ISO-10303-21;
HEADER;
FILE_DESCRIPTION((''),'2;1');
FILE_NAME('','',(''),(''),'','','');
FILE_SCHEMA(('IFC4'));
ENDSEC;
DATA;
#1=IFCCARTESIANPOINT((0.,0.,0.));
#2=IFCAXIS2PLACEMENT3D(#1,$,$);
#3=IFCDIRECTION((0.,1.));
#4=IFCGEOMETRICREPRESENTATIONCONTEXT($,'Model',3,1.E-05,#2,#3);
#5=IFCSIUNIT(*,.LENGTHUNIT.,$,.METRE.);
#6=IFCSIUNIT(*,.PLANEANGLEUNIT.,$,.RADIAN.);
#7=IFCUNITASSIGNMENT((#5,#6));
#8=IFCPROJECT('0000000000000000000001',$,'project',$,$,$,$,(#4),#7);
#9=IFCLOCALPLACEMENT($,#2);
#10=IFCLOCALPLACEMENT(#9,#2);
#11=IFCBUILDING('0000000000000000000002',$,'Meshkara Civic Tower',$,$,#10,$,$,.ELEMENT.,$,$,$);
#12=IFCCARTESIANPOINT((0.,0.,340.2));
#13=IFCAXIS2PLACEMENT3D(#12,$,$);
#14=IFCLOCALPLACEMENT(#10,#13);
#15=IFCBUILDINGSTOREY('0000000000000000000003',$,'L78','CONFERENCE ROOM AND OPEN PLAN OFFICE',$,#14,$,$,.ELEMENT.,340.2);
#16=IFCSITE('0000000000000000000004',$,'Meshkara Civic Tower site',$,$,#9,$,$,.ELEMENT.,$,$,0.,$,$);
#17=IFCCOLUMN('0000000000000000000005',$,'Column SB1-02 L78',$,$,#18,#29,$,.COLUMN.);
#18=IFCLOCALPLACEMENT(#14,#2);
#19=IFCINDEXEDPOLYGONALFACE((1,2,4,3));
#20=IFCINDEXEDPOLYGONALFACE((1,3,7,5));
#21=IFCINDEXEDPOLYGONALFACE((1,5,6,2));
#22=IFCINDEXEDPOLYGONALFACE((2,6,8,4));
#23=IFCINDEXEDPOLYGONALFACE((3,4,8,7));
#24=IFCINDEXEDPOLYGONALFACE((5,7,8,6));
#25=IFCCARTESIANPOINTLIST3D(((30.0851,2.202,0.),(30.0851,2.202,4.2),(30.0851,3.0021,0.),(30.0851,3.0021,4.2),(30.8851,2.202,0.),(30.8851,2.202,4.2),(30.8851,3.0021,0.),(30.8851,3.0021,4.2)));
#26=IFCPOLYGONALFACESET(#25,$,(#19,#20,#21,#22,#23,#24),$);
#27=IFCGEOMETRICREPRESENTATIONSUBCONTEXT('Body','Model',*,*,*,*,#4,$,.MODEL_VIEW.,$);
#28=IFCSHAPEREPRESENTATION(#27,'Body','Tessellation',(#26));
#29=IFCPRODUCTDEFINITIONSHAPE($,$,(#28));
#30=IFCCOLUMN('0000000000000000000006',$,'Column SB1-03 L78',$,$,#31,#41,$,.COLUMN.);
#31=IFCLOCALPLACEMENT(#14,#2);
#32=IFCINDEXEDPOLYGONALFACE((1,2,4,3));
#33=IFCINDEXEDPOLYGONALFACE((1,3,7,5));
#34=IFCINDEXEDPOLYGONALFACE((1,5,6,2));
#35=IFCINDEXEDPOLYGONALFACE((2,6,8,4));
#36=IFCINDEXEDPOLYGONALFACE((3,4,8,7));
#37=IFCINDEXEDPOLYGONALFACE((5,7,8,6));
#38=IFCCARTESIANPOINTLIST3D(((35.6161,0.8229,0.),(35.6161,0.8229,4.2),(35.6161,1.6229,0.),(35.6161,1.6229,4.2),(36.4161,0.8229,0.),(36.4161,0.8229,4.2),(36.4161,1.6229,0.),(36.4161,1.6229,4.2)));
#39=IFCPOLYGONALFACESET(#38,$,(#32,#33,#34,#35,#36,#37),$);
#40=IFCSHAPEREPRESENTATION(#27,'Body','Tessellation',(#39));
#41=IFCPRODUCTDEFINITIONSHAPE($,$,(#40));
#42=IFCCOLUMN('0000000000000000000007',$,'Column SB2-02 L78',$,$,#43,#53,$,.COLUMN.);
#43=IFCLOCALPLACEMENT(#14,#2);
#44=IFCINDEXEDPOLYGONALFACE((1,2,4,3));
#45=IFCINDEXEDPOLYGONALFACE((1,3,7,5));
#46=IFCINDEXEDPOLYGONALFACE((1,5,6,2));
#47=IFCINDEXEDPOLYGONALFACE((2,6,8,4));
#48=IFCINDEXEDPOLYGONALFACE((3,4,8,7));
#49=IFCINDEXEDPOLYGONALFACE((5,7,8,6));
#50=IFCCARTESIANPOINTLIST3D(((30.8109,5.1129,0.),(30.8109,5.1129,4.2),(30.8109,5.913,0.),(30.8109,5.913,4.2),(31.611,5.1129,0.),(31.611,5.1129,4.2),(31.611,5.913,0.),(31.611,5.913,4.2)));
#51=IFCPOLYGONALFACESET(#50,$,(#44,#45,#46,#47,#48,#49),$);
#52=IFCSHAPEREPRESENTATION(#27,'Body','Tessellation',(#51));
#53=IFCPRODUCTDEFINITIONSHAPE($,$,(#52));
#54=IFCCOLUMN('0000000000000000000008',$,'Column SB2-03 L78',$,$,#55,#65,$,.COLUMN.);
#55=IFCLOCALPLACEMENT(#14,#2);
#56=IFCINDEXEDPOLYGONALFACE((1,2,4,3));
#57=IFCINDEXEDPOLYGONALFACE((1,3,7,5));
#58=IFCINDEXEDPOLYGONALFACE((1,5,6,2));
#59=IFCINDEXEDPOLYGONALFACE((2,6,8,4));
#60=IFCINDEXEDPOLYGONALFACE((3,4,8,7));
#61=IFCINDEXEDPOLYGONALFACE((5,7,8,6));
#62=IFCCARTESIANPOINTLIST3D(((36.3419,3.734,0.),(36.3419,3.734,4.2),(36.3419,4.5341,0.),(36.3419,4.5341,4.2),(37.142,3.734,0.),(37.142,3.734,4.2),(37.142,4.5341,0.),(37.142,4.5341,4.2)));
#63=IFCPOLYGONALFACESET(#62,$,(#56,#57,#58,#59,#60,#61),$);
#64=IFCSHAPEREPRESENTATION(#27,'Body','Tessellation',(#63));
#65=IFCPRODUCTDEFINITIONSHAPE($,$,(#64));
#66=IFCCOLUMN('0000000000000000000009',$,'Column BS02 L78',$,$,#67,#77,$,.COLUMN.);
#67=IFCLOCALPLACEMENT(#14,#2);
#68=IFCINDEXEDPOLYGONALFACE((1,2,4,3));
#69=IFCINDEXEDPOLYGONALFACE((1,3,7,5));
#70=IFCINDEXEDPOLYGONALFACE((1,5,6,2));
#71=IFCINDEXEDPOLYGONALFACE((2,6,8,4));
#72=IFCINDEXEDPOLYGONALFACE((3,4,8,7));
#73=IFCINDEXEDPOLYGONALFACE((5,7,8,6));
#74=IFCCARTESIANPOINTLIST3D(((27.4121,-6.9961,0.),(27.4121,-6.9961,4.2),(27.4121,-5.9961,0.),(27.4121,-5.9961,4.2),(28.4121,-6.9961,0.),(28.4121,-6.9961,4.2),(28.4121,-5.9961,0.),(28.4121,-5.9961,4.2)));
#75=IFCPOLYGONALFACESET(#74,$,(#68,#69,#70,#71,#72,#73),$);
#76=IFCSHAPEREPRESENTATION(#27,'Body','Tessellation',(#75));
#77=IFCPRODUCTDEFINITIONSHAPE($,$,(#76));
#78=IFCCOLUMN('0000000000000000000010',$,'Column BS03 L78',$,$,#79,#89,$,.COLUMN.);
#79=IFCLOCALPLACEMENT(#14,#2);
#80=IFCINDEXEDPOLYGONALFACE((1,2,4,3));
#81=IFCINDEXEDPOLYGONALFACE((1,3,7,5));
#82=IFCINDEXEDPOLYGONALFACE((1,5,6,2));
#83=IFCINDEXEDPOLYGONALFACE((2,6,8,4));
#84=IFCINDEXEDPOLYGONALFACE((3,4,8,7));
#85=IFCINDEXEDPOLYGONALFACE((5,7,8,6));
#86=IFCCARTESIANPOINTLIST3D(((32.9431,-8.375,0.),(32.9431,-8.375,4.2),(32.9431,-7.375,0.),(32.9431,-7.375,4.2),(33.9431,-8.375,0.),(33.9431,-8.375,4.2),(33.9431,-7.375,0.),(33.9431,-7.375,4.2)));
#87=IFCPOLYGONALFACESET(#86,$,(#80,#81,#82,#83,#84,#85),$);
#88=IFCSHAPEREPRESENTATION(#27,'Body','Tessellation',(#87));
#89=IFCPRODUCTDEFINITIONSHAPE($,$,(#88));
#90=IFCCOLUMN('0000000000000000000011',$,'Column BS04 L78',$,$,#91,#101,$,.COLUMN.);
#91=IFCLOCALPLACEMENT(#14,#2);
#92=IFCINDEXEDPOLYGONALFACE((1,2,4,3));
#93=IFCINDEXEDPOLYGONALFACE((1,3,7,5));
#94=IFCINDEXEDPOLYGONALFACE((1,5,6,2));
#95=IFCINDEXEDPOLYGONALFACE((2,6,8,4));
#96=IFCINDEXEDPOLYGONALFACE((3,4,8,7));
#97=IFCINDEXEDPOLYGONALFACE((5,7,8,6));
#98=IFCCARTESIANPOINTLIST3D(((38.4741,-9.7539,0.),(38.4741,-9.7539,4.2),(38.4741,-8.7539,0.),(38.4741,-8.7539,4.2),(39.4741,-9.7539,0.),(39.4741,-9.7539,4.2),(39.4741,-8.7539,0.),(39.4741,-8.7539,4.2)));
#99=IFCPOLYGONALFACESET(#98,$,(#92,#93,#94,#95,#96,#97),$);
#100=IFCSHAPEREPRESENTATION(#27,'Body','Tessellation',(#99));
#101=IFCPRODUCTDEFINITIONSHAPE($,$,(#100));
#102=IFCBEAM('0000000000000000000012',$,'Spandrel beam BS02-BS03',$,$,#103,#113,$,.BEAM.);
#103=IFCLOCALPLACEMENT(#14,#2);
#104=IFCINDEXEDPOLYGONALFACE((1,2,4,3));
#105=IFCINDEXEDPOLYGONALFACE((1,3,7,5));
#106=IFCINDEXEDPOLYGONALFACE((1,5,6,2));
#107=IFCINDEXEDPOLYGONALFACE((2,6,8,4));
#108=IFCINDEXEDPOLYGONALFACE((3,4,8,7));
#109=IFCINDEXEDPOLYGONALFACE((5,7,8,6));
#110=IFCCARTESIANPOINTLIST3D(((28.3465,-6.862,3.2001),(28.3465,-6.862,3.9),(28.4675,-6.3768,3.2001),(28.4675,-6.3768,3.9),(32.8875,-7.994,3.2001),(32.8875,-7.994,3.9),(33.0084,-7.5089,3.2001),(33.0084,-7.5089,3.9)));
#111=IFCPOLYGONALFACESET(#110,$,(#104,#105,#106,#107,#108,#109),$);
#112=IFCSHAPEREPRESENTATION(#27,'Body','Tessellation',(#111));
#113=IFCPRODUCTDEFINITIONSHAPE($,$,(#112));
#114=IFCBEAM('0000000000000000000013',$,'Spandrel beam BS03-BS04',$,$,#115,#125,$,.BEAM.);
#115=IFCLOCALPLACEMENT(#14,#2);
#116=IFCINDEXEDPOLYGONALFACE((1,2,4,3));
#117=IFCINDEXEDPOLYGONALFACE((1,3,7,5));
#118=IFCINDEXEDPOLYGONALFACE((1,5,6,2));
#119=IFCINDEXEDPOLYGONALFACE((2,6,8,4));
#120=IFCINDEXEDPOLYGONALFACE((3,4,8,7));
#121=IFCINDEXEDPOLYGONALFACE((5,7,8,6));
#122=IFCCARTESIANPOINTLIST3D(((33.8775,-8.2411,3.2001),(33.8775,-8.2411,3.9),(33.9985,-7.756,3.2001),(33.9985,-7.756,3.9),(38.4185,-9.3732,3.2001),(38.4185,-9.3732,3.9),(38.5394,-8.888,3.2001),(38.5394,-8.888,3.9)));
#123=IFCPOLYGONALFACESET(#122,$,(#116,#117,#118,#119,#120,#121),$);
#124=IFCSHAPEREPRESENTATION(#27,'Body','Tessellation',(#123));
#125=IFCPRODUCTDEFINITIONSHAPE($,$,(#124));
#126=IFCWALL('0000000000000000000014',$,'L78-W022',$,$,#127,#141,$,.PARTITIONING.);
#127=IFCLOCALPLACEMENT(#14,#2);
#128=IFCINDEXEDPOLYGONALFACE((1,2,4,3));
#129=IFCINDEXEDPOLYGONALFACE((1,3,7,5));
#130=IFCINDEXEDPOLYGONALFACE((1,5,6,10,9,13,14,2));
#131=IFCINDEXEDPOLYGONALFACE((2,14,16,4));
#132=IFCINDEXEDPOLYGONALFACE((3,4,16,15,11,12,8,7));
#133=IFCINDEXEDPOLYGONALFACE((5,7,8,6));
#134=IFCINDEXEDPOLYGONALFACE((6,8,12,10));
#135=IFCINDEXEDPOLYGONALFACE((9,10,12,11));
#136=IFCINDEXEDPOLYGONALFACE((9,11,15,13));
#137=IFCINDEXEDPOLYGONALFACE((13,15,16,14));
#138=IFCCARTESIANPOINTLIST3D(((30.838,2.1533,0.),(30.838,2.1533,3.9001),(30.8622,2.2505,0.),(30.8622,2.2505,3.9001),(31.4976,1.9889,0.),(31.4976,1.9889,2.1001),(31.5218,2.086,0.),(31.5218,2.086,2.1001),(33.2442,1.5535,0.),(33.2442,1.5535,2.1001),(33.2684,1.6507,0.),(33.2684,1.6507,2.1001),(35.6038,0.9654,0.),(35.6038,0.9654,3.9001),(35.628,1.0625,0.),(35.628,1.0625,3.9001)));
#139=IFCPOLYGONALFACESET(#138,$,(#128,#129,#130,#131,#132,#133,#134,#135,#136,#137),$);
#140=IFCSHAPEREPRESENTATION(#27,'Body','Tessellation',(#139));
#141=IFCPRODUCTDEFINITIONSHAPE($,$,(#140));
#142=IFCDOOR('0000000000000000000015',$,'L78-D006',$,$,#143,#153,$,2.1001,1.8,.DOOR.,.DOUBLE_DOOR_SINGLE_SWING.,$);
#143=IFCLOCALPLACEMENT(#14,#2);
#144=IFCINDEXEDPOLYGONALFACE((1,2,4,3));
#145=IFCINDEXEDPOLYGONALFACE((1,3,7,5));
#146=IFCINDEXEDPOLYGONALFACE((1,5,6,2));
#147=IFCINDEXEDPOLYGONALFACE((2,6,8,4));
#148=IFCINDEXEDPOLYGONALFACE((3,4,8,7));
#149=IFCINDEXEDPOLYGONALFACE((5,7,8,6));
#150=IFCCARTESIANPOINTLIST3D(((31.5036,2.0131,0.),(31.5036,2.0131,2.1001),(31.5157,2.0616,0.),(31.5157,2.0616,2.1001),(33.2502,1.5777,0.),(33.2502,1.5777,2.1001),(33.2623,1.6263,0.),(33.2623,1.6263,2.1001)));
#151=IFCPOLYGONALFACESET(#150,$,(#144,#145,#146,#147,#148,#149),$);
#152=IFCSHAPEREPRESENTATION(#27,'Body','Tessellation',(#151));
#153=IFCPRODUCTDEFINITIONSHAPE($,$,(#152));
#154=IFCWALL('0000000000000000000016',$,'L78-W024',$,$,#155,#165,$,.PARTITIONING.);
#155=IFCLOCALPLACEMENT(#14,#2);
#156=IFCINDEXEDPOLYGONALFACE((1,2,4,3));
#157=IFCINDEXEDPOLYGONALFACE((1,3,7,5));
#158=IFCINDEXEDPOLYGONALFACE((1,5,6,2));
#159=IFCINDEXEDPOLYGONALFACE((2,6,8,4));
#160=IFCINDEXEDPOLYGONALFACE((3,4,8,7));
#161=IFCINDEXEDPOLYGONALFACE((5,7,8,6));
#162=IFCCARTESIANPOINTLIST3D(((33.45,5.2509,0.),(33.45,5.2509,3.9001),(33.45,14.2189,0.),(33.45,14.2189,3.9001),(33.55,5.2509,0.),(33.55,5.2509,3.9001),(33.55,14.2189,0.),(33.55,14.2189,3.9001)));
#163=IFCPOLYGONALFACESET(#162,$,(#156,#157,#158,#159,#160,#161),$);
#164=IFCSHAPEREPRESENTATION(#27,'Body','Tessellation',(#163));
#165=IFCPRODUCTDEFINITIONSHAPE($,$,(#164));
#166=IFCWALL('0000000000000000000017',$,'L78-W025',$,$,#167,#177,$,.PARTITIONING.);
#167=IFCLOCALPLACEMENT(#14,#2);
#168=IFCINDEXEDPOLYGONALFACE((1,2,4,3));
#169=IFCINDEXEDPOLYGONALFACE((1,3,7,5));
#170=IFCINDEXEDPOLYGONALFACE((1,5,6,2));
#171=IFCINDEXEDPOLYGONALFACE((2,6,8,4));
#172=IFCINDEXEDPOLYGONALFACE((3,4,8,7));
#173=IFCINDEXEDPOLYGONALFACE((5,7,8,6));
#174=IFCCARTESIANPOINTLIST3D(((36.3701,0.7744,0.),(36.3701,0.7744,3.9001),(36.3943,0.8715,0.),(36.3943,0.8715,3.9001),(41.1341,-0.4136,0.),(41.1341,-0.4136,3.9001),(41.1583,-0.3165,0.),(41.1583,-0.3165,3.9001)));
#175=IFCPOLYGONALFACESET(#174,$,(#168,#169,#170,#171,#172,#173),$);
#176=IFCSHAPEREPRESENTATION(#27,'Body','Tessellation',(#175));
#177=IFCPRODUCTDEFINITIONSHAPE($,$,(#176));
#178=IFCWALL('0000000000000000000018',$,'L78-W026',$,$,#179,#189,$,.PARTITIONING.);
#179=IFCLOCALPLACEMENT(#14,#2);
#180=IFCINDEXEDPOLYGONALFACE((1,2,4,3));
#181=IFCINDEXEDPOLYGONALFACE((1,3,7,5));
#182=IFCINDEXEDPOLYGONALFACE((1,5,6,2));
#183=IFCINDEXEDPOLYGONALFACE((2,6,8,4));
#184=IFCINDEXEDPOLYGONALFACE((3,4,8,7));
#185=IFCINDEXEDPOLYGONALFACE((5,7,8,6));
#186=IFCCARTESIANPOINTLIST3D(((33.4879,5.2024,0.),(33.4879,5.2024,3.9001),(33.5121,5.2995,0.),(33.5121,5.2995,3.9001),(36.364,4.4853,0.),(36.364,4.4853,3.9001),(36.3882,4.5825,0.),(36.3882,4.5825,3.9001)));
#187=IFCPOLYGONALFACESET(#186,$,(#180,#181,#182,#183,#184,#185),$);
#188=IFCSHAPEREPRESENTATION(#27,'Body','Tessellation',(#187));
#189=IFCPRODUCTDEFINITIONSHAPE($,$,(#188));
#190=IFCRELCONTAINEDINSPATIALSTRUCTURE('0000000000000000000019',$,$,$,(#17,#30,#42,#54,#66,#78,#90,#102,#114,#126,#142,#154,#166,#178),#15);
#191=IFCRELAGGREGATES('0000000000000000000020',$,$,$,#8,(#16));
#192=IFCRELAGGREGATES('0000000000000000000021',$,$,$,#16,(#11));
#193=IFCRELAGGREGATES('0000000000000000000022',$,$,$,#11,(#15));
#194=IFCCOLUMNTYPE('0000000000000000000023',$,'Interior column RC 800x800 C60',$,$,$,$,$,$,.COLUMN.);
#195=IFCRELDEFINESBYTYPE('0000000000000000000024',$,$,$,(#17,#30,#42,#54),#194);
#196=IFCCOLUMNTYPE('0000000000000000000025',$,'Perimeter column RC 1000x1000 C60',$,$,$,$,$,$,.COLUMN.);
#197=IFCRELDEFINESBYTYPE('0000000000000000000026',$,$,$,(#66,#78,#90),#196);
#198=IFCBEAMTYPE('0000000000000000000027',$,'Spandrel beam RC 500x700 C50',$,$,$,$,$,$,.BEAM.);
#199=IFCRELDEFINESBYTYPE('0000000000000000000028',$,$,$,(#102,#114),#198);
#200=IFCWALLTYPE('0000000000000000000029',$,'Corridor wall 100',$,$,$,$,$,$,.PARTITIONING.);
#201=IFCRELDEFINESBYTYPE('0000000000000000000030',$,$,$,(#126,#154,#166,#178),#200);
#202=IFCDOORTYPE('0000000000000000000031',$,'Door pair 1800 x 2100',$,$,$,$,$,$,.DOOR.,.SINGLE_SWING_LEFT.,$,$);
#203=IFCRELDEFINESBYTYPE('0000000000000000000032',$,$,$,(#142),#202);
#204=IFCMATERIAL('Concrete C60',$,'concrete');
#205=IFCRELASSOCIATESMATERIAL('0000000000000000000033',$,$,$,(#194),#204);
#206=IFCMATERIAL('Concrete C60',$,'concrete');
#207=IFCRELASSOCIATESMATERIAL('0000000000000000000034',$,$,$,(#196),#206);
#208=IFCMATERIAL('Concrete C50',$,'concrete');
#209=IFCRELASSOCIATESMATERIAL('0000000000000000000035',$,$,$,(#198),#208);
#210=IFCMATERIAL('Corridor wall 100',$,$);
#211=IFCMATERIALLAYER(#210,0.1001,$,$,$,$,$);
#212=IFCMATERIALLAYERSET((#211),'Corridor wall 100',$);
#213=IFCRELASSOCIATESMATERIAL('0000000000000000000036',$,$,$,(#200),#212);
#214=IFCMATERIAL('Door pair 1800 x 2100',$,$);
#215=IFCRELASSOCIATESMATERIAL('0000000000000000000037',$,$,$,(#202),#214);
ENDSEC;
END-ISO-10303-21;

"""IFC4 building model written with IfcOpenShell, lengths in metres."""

from ifc_helpers import new_model, si_unit, direction, frame, frame_2d, origin, origin_2d, place, context, subcontext, project, spatial, rectangle, extrude, material, layer, layer_set, material_profile, profile_set, type_object, element, fill, save


model = new_model("IFC4")

# Units and contexts
model_context = context("Model", 3, precision=1e-05, world=origin(), true_north=direction((0.0, 1.0)))
body_context = subcontext(model_context, "Body", "Model", "MODEL_VIEW")
ifc_project = project(units=[si_unit("LENGTHUNIT", "METRE"), si_unit("PLANEANGLEUNIT", "RADIAN")], contexts=[model_context])

# Site, building, storey
site_placement = place(None, origin())
site = spatial("IfcSite", under=ifc_project, at=site_placement, Name="Meshkara Civic Tower site", CompositionType="ELEMENT", RefElevation=0.0)
building_placement = place(site_placement, origin())
building = spatial("IfcBuilding", under=site, at=building_placement, Name="Meshkara Civic Tower", CompositionType="ELEMENT")
storey_placement = place(building_placement, frame((0.0, 0.0, 340.2)))
storey = spatial("IfcBuildingStorey", under=building, at=storey_placement, Name="L78", Description="CONFERENCE ROOM AND OPEN PLAN OFFICE", CompositionType="ELEMENT", Elevation=340.2)

# Columns
ifc_material_1 = material(Name="Concrete C60", Category="concrete")
ifc_material_profile_1 = material_profile(ifc_material_1, rectangle(XDim=0.8, YDim=0.8, at=origin_2d()))
ifc_profile_set_1 = profile_set([ifc_material_profile_1], Name="Concrete C60")
column_type_1 = type_object("IfcColumnType", Name="Interior column RC 800x800 C60", PredefinedType="COLUMN", material=ifc_profile_set_1)
for number, where, z_axis, x_axis, name in (
    (1, (30.4851, 2.6021, 0.0), (0.0, 0.0, 1.0), (1.0, 0.0, 0.0), "Column SB1-02 L78"),
    (2, (36.0161, 1.2229, 0.0), (0.0, 0.0, 1.0), (1.0, 0.0, 0.0), "Column SB1-03 L78"),
    (3, (31.2109, 5.5129, 0.0), (0.0, 0.0, 1.0), (1.0, 0.0, 0.0), "Column SB2-02 L78"),
    (4, (36.7419, 4.134, 0.0), (0.0, 0.0, 1.0), (1.0, 0.0, 0.0), "Column SB2-03 L78"),
):
    element("IfcColumn", number, at=place(storey_placement, frame(where, z_axis=z_axis, x_axis=x_axis)), inside=storey, type_object=column_type_1, Name=name, PredefinedType="COLUMN", context=body_context, shape_type="SweptSolid", body=[
        extrude(rectangle(XDim=0.8, YDim=0.8, at=origin_2d()), origin(), (0.0, 0.0, 1.0), 4.2),
    ])
ifc_material_2 = material(Name="Concrete C60", Category="concrete")
ifc_material_profile_2 = material_profile(ifc_material_2, rectangle(XDim=1.0, YDim=1.0, at=origin_2d()))
ifc_profile_set_2 = profile_set([ifc_material_profile_2], Name="Concrete C60")
column_type_2 = type_object("IfcColumnType", Name="Perimeter column RC 1000x1000 C60", PredefinedType="COLUMN", material=ifc_profile_set_2)
for number, where, z_axis, x_axis, name in (
    (5, (27.9121, -6.4961, 0.0), (0.0, 0.0, 1.0), (1.0, 0.0, 0.0), "Column BS02 L78"),
    (6, (33.4431, -7.875, 0.0), (0.0, 0.0, 1.0), (1.0, 0.0, 0.0), "Column BS03 L78"),
    (7, (38.9741, -9.2539, 0.0), (0.0, 0.0, 1.0), (1.0, 0.0, 0.0), "Column BS04 L78"),
):
    element("IfcColumn", number, at=place(storey_placement, frame(where, z_axis=z_axis, x_axis=x_axis)), inside=storey, type_object=column_type_2, Name=name, PredefinedType="COLUMN", context=body_context, shape_type="SweptSolid", body=[
        extrude(rectangle(XDim=1.0, YDim=1.0, at=origin_2d()), origin(), (0.0, 0.0, 1.0), 4.2),
    ])

# Beams
ifc_material_3 = material(Name="Concrete C50", Category="concrete")
ifc_material_profile_3 = material_profile(ifc_material_3, rectangle(XDim=0.5, YDim=0.7, at=origin_2d()))
ifc_profile_set_3 = profile_set([ifc_material_profile_3], Name="Concrete C50")
beam_type = type_object("IfcBeamType", Name="Spandrel beam RC 500x700 C50", PredefinedType="BEAM", material=ifc_profile_set_3)
for number, where, z_axis, x_axis, name in (
    (8, (28.407, -6.6194, 3.55), (0.970302, -0.241897, 0.0), (0.241897, 0.970302, 0.0), "Spandrel beam BS02-BS03"),
    (9, (33.938, -7.9985, 3.55), (0.970302, -0.241897, 0.0), (0.241897, 0.970302, 0.0), "Spandrel beam BS03-BS04"),
):
    element("IfcBeam", number, at=place(storey_placement, frame(where, z_axis=z_axis, x_axis=x_axis)), inside=storey, type_object=beam_type, Name=name, PredefinedType="BEAM", context=body_context, shape_type="SweptSolid", body=[
        extrude(rectangle(XDim=0.5, YDim=0.7, at=origin_2d()), origin(), (0.0, 0.0, 1.0), 4.6799),
    ])

# Wall, opening, door
ifc_material_4 = material(Name="Corridor wall 100")
ifc_layer_1 = layer(ifc_material_4, 0.1001)
ifc_layer_set_1 = layer_set([ifc_layer_1], Name="Corridor wall 100")
wall_type_1 = type_object("IfcWallType", Name="Corridor wall 100", PredefinedType="PARTITIONING", material=ifc_layer_set_1)
wall_1_placement = place(storey_placement, frame((30.8501, 2.2019, 0.0), z_axis=(0.0, 0.0, 1.0), x_axis=(0.970309, -0.241869, 0.0)))
wall_1 = element("IfcWall", 10, at=wall_1_placement, inside=storey, type_object=wall_type_1, Name="L78-W022", PredefinedType="PARTITIONING", context=body_context, shape_type="SweptSolid", body=[
    extrude(rectangle(XDim=4.9116, YDim=0.1001, at=frame_2d((2.4558, 0.0))), origin(), (0.0, 0.0, 1.0), 3.9001),
])
opening_1_placement = place(wall_1_placement, frame((0.6799, 0.0, 0.0)))
opening_1 = element("IfcOpeningElement", 11, at=opening_1_placement, cuts=wall_1, PredefinedType="OPENING", context=body_context, shape_type="SweptSolid", body=[
    extrude(rectangle(XDim=1.8, YDim=2.1001, at=frame_2d((0.8999, 1.05))), frame((0.0, 0.0601, 0.0), z_axis=(0.0, -1.0, 0.0), x_axis=(1.0, 0.0, 0.0)), (0.0, 0.0, 1.0), 0.1201),
])
ifc_material_5 = material(Name="Door pair 1800 x 2100")
door_type = type_object("IfcDoorType", Name="Door pair 1800 x 2100", OperationType="SINGLE_SWING_LEFT", PredefinedType="DOOR", material=ifc_material_5)
door_placement = place(opening_1_placement, origin())
door = element("IfcDoor", 12, at=door_placement, inside=storey, type_object=door_type, Name="L78-D006", OperationType="DOUBLE_DOOR_SINGLE_SWING", OverallHeight=2.1001, OverallWidth=1.8, PredefinedType="DOOR", context=body_context, shape_type="SweptSolid", body=[
    extrude(rectangle(XDim=1.8, YDim=2.1001, at=frame_2d((0.8999, 1.05))), frame((0.0, 0.0249, 0.0), z_axis=(0.0, -1.0, 0.0), x_axis=(1.0, 0.0, 0.0)), (0.0, 0.0, 1.0), 0.05),
])
fill(opening_1, door)

# Walls
wall_2_placement = place(storey_placement, frame((33.5, 5.251, 0.0), z_axis=(0.0, 0.0, 1.0), x_axis=(0.0, 1.0, 0.0)))
element("IfcWall", 13, at=wall_2_placement, inside=storey, type_object=wall_type_1, Name="L78-W024", PredefinedType="PARTITIONING", context=body_context, shape_type="SweptSolid", body=[
    extrude(rectangle(XDim=8.968, YDim=0.1001, at=frame_2d((4.4839, 0.0))), origin(), (0.0, 0.0, 1.0), 3.9001),
])
wall_3_placement = place(storey_placement, frame((36.3821, 0.823, 0.0), z_axis=(0.0, 0.0, 1.0), x_axis=(0.970286, -0.241962, 0.0)))
element("IfcWall", 14, at=wall_3_placement, inside=storey, type_object=wall_type_1, Name="L78-W025", PredefinedType="PARTITIONING", context=body_context, shape_type="SweptSolid", body=[
    extrude(rectangle(XDim=4.9099, YDim=0.1001, at=frame_2d((2.4551, 0.0))), origin(), (0.0, 0.0, 1.0), 3.9001),
])
wall_4_placement = place(storey_placement, frame((36.376, 4.5339, 0.0), z_axis=(0.0, 0.0, 1.0), x_axis=(-0.970297, 0.241915, 0.0)))
element("IfcWall", 15, at=wall_4_placement, inside=storey, type_object=wall_type_1, Name="L78-W026", PredefinedType="PARTITIONING", context=body_context, shape_type="SweptSolid", body=[
    extrude(rectangle(XDim=2.9641, YDim=0.1001, at=frame_2d((1.4819, 0.0))), origin(), (0.0, 0.0, 1.0), 3.9001),
])

save(model, "model.ifc")
